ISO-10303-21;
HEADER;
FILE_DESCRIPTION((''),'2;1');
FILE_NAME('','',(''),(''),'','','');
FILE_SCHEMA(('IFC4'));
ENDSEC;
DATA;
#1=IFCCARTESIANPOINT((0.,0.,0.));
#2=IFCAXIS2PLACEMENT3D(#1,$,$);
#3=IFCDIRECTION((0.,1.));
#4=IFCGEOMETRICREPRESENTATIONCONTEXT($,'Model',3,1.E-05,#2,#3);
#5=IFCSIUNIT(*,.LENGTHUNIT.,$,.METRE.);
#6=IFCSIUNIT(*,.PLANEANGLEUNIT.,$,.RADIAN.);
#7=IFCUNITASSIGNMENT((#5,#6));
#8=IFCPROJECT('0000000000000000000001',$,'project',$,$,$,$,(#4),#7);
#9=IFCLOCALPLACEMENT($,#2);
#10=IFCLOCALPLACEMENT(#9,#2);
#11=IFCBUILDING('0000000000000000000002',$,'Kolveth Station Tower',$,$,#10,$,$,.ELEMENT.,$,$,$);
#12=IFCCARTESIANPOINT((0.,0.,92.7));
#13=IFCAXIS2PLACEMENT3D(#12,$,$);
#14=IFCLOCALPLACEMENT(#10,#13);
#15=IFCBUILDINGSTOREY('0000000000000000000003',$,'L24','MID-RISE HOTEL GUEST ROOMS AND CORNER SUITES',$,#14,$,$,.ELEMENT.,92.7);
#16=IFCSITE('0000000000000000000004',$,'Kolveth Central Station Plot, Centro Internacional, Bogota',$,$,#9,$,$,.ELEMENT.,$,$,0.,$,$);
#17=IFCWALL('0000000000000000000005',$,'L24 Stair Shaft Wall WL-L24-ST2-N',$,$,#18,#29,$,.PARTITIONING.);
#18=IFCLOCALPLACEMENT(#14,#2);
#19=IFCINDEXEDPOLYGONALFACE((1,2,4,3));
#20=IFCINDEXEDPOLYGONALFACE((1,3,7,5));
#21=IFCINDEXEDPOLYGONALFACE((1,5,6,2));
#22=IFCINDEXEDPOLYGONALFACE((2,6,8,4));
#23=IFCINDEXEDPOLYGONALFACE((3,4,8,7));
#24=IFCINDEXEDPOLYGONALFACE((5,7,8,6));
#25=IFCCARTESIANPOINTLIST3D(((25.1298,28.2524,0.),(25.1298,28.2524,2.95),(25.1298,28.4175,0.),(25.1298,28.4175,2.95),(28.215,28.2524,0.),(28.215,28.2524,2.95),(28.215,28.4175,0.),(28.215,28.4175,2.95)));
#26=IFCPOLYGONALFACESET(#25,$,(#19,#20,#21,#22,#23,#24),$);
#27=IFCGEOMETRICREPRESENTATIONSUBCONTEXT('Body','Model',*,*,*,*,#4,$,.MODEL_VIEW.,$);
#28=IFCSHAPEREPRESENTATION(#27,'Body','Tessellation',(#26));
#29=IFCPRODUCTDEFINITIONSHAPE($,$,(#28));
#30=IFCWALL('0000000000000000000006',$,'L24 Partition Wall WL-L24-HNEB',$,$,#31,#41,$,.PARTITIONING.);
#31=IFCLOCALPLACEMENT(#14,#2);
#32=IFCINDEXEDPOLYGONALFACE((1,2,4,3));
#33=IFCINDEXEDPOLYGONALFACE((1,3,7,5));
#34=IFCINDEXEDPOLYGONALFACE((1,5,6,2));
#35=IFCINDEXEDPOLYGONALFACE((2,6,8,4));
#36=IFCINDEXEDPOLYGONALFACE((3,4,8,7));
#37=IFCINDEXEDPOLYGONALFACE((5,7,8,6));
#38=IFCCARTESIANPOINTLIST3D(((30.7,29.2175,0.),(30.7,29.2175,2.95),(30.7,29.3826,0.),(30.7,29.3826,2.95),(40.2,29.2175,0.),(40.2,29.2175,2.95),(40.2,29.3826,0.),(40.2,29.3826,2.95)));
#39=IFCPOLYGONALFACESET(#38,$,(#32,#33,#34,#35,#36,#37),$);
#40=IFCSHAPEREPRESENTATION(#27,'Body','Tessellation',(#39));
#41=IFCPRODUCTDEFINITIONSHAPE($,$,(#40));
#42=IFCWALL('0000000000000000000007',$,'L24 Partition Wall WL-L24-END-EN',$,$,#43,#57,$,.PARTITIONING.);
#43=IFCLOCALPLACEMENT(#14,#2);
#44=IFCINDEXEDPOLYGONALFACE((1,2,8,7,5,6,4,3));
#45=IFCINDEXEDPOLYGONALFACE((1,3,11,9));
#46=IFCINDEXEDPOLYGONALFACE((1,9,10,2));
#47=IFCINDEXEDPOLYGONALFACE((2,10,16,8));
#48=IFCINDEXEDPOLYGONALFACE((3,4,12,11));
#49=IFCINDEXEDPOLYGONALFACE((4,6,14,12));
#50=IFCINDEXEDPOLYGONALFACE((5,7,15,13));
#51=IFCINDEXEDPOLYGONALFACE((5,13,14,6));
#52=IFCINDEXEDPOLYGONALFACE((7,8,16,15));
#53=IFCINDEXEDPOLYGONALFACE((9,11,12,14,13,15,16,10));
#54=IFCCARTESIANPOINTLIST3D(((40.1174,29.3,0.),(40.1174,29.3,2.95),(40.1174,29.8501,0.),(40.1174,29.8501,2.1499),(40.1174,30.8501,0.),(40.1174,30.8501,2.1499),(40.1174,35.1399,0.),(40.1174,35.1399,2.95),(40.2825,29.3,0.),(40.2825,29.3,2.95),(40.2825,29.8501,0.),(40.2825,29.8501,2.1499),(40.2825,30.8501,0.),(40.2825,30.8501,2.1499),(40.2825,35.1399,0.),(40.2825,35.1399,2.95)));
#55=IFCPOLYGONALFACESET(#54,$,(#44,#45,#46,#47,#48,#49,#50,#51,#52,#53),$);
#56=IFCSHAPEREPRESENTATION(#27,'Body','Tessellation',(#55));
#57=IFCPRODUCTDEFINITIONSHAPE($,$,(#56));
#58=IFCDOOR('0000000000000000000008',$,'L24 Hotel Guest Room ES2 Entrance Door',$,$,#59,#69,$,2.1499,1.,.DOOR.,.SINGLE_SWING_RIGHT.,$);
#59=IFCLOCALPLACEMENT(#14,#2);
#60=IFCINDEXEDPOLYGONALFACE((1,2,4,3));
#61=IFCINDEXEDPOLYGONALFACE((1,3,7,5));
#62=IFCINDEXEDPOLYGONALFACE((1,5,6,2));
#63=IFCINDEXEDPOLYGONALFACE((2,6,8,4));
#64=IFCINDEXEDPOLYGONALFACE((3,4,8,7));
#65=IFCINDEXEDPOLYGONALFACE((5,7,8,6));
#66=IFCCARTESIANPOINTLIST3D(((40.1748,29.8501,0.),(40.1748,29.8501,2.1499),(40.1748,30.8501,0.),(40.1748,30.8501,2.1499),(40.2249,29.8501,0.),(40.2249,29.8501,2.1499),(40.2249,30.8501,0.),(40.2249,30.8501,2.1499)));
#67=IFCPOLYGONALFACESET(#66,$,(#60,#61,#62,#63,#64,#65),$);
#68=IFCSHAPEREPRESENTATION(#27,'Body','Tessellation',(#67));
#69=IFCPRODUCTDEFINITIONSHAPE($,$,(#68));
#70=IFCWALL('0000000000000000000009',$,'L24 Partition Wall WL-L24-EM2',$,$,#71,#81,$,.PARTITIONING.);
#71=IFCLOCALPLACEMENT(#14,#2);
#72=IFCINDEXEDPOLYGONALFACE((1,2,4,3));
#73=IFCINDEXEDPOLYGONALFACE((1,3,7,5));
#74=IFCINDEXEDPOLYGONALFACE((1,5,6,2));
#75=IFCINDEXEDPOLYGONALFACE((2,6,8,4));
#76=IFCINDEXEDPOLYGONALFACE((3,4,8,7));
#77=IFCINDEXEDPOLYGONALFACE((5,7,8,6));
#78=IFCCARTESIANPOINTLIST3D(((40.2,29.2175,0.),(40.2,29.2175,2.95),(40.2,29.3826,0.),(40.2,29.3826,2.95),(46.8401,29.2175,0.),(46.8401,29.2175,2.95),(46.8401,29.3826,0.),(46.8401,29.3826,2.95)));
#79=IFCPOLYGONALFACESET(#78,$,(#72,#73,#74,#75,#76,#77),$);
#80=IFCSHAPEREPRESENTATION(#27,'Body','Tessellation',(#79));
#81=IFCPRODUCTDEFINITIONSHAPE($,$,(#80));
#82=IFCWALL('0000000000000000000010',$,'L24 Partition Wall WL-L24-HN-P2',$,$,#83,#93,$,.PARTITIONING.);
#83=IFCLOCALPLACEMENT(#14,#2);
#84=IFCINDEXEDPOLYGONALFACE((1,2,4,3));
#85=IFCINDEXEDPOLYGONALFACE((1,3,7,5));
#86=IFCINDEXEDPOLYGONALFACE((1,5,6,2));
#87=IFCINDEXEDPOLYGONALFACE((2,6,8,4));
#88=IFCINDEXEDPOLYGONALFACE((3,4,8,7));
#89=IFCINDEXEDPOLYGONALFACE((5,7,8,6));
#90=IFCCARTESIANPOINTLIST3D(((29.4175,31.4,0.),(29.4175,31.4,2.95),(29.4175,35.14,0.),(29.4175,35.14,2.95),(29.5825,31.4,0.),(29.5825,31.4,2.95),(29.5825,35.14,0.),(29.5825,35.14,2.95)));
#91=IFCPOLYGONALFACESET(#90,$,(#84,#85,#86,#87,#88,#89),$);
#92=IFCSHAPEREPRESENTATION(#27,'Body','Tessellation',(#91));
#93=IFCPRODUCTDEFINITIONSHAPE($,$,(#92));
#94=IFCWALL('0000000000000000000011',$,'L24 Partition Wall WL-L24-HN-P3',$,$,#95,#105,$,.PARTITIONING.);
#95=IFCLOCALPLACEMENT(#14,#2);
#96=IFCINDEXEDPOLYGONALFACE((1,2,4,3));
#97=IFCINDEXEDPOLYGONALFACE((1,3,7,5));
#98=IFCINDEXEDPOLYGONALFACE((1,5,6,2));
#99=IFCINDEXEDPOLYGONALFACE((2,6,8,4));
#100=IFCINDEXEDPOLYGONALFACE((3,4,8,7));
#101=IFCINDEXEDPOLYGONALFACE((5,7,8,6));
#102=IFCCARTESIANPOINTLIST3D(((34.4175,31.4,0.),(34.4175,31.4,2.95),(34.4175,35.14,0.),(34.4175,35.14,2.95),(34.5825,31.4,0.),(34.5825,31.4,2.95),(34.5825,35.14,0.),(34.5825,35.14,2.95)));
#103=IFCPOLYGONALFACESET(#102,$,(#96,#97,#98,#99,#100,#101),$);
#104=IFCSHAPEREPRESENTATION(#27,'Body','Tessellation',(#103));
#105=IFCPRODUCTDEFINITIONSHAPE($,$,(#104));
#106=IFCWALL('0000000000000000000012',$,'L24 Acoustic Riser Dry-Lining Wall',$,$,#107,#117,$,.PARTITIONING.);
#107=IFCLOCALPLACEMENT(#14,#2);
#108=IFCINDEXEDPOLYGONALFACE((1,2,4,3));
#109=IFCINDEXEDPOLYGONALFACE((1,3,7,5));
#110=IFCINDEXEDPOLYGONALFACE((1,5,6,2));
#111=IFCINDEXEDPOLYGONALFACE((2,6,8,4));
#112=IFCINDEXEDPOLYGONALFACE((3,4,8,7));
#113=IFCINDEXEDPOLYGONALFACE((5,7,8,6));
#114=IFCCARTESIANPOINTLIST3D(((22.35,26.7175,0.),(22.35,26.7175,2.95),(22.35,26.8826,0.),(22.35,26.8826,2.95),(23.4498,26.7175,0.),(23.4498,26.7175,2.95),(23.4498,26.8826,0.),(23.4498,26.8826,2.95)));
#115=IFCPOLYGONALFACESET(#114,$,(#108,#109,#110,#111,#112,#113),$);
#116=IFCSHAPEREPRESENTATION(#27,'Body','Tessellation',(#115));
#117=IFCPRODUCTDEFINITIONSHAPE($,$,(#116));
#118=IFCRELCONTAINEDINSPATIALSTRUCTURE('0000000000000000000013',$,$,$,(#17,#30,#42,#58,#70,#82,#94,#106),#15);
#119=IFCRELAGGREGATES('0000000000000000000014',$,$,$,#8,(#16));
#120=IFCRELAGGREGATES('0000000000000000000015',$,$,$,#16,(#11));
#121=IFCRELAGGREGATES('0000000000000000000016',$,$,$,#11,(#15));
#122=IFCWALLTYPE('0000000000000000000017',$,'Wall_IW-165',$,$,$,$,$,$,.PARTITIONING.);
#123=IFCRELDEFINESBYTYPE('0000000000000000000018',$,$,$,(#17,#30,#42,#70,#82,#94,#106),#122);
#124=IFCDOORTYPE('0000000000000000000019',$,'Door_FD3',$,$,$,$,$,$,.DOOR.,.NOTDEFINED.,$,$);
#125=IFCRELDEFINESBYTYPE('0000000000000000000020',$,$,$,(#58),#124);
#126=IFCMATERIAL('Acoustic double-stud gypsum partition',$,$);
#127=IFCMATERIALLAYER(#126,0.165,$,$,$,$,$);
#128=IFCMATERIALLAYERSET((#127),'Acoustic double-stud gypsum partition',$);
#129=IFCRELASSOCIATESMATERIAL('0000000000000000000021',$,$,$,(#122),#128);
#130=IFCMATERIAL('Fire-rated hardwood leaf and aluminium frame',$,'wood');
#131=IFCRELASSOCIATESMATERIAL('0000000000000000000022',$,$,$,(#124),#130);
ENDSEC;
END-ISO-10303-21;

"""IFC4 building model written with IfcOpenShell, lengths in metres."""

from ifc_helpers import new_model, si_unit, direction, frame, frame_2d, origin, place, context, subcontext, project, spatial, rectangle, extrude, material, layer, layer_set, type_object, element, fill, save


model = new_model("IFC4")

# Units and contexts
model_context = context("Model", 3, precision=1e-05, world=origin(), true_north=direction((0.0, 1.0)))
body_context = subcontext(model_context, "Body", "Model", "MODEL_VIEW")
ifc_project = project(units=[si_unit("LENGTHUNIT", "METRE"), si_unit("PLANEANGLEUNIT", "RADIAN")], contexts=[model_context])

# Site, building, storey
site_placement = place(None, origin())
site = spatial("IfcSite", under=ifc_project, at=site_placement, Name="Kolveth Central Station Plot, Centro Internacional, Bogota", CompositionType="ELEMENT", RefElevation=0.0)
building_placement = place(site_placement, origin())
building = spatial("IfcBuilding", under=site, at=building_placement, Name="Kolveth Station Tower", CompositionType="ELEMENT")
storey_placement = place(building_placement, frame((0.0, 0.0, 92.7)))
storey = spatial("IfcBuildingStorey", under=building, at=storey_placement, Name="L24", Description="MID-RISE HOTEL GUEST ROOMS AND CORNER SUITES", CompositionType="ELEMENT", Elevation=92.7)

# Walls
ifc_material_1 = material(Name="Acoustic double-stud gypsum partition")
ifc_layer_1 = layer(ifc_material_1, 0.165)
ifc_layer_set_1 = layer_set([ifc_layer_1], Name="Acoustic double-stud gypsum partition")
wall_type = type_object("IfcWallType", Name="Wall_IW-165", PredefinedType="PARTITIONING", material=ifc_layer_set_1)
wall_1_placement = place(storey_placement, frame((25.1299, 28.335, 0.0), z_axis=(0.0, 0.0, 1.0), x_axis=(1.0, 0.0, 0.0)))
element("IfcWall", 1, at=wall_1_placement, inside=storey, type_object=wall_type, Name="L24 Stair Shaft Wall WL-L24-ST2-N", PredefinedType="PARTITIONING", context=body_context, shape_type="SweptSolid", body=[
    extrude(rectangle(XDim=3.0852, YDim=0.165, at=frame_2d((1.5425, 0.0))), origin(), (0.0, 0.0, 1.0), 2.95),
])
wall_2_placement = place(storey_placement, frame((30.7, 29.3, 0.0), z_axis=(0.0, 0.0, 1.0), x_axis=(1.0, 0.0, 0.0)))
element("IfcWall", 2, at=wall_2_placement, inside=storey, type_object=wall_type, Name="L24 Partition Wall WL-L24-HNEB", PredefinedType="PARTITIONING", context=body_context, shape_type="SweptSolid", body=[
    extrude(rectangle(XDim=9.5, YDim=0.165, at=frame_2d((4.75, 0.0))), origin(), (0.0, 0.0, 1.0), 2.95),
])

# Wall, opening, door
wall_3_placement = place(storey_placement, frame((40.2, 29.3, 0.0), z_axis=(0.0, 0.0, 1.0), x_axis=(0.0, 1.0, 0.0)))
wall_3 = element("IfcWall", 3, at=wall_3_placement, inside=storey, type_object=wall_type, Name="L24 Partition Wall WL-L24-END-EN", PredefinedType="PARTITIONING", context=body_context, shape_type="SweptSolid", body=[
    extrude(rectangle(XDim=5.8398, YDim=0.165, at=frame_2d((2.9199, 0.0))), origin(), (0.0, 0.0, 1.0), 2.95),
])
opening_placement = place(wall_3_placement, frame((0.55, 0.0, 0.0)))
opening = element("IfcOpeningElement", 4, at=opening_placement, cuts=wall_3, PredefinedType="OPENING", context=body_context, shape_type="SweptSolid", body=[
    extrude(rectangle(XDim=1.0, YDim=2.1499, at=frame_2d((0.5, 1.075))), frame((0.0, 0.0925, 0.0), z_axis=(0.0, -1.0, 0.0), x_axis=(1.0, 0.0, 0.0)), (0.0, 0.0, 1.0), 0.1851),
])
ifc_material_2 = material(Name="Fire-rated hardwood leaf and aluminium frame", Category="wood")
door_type = type_object("IfcDoorType", Name="Door_FD3", OperationType="NOTDEFINED", PredefinedType="DOOR", material=ifc_material_2)
door_placement = place(opening_placement, frame((1.0, 0.0, 0.0), z_axis=(0.0, 0.0, 1.0), x_axis=(-1.0, 0.0, 0.0)))
door = element("IfcDoor", 5, at=door_placement, inside=storey, type_object=door_type, Name="L24 Hotel Guest Room ES2 Entrance Door", OperationType="SINGLE_SWING_RIGHT", OverallHeight=2.1499, OverallWidth=1.0, PredefinedType="DOOR", context=body_context, shape_type="SweptSolid", body=[
    extrude(rectangle(XDim=1.0, YDim=2.1499, at=frame_2d((0.5, 1.075))), frame((0.0, 0.0249, 0.0), z_axis=(0.0, -1.0, 0.0), x_axis=(1.0, 0.0, 0.0)), (0.0, 0.0, 1.0), 0.05),
])
fill(opening, door)

# Walls
wall_4_placement = place(storey_placement, frame((40.2, 29.3, 0.0), z_axis=(0.0, 0.0, 1.0), x_axis=(1.0, 0.0, 0.0)))
element("IfcWall", 6, at=wall_4_placement, inside=storey, type_object=wall_type, Name="L24 Partition Wall WL-L24-EM2", PredefinedType="PARTITIONING", context=body_context, shape_type="SweptSolid", body=[
    extrude(rectangle(XDim=6.6401, YDim=0.165, at=frame_2d((3.3201, 0.0))), origin(), (0.0, 0.0, 1.0), 2.95),
])
for number, where, z_axis, x_axis, name in (
    (7, (29.5, 31.3999, 0.0), (0.0, 0.0, 1.0), (0.0, 1.0, 0.0), "L24 Partition Wall WL-L24-HN-P2"),
    (8, (34.5, 31.3999, 0.0), (0.0, 0.0, 1.0), (0.0, 1.0, 0.0), "L24 Partition Wall WL-L24-HN-P3"),
):
    element("IfcWall", number, at=place(storey_placement, frame(where, z_axis=z_axis, x_axis=x_axis)), inside=storey, type_object=wall_type, Name=name, PredefinedType="PARTITIONING", context=body_context, shape_type="SweptSolid", body=[
        extrude(rectangle(XDim=3.74, YDim=0.165, at=frame_2d((1.8701, 0.0))), origin(), (0.0, 0.0, 1.0), 2.95),
    ])
wall_5_placement = place(storey_placement, frame((22.3501, 26.8, 0.0), z_axis=(0.0, 0.0, 1.0), x_axis=(1.0, 0.0, 0.0)))
element("IfcWall", 9, at=wall_5_placement, inside=storey, type_object=wall_type, Name="L24 Acoustic Riser Dry-Lining Wall", PredefinedType="PARTITIONING", context=body_context, shape_type="SweptSolid", body=[
    extrude(rectangle(XDim=1.0999, YDim=0.165, at=frame_2d((0.5498, 0.0))), origin(), (0.0, 0.0, 1.0), 2.95),
])

save(model, "model.ifc")
